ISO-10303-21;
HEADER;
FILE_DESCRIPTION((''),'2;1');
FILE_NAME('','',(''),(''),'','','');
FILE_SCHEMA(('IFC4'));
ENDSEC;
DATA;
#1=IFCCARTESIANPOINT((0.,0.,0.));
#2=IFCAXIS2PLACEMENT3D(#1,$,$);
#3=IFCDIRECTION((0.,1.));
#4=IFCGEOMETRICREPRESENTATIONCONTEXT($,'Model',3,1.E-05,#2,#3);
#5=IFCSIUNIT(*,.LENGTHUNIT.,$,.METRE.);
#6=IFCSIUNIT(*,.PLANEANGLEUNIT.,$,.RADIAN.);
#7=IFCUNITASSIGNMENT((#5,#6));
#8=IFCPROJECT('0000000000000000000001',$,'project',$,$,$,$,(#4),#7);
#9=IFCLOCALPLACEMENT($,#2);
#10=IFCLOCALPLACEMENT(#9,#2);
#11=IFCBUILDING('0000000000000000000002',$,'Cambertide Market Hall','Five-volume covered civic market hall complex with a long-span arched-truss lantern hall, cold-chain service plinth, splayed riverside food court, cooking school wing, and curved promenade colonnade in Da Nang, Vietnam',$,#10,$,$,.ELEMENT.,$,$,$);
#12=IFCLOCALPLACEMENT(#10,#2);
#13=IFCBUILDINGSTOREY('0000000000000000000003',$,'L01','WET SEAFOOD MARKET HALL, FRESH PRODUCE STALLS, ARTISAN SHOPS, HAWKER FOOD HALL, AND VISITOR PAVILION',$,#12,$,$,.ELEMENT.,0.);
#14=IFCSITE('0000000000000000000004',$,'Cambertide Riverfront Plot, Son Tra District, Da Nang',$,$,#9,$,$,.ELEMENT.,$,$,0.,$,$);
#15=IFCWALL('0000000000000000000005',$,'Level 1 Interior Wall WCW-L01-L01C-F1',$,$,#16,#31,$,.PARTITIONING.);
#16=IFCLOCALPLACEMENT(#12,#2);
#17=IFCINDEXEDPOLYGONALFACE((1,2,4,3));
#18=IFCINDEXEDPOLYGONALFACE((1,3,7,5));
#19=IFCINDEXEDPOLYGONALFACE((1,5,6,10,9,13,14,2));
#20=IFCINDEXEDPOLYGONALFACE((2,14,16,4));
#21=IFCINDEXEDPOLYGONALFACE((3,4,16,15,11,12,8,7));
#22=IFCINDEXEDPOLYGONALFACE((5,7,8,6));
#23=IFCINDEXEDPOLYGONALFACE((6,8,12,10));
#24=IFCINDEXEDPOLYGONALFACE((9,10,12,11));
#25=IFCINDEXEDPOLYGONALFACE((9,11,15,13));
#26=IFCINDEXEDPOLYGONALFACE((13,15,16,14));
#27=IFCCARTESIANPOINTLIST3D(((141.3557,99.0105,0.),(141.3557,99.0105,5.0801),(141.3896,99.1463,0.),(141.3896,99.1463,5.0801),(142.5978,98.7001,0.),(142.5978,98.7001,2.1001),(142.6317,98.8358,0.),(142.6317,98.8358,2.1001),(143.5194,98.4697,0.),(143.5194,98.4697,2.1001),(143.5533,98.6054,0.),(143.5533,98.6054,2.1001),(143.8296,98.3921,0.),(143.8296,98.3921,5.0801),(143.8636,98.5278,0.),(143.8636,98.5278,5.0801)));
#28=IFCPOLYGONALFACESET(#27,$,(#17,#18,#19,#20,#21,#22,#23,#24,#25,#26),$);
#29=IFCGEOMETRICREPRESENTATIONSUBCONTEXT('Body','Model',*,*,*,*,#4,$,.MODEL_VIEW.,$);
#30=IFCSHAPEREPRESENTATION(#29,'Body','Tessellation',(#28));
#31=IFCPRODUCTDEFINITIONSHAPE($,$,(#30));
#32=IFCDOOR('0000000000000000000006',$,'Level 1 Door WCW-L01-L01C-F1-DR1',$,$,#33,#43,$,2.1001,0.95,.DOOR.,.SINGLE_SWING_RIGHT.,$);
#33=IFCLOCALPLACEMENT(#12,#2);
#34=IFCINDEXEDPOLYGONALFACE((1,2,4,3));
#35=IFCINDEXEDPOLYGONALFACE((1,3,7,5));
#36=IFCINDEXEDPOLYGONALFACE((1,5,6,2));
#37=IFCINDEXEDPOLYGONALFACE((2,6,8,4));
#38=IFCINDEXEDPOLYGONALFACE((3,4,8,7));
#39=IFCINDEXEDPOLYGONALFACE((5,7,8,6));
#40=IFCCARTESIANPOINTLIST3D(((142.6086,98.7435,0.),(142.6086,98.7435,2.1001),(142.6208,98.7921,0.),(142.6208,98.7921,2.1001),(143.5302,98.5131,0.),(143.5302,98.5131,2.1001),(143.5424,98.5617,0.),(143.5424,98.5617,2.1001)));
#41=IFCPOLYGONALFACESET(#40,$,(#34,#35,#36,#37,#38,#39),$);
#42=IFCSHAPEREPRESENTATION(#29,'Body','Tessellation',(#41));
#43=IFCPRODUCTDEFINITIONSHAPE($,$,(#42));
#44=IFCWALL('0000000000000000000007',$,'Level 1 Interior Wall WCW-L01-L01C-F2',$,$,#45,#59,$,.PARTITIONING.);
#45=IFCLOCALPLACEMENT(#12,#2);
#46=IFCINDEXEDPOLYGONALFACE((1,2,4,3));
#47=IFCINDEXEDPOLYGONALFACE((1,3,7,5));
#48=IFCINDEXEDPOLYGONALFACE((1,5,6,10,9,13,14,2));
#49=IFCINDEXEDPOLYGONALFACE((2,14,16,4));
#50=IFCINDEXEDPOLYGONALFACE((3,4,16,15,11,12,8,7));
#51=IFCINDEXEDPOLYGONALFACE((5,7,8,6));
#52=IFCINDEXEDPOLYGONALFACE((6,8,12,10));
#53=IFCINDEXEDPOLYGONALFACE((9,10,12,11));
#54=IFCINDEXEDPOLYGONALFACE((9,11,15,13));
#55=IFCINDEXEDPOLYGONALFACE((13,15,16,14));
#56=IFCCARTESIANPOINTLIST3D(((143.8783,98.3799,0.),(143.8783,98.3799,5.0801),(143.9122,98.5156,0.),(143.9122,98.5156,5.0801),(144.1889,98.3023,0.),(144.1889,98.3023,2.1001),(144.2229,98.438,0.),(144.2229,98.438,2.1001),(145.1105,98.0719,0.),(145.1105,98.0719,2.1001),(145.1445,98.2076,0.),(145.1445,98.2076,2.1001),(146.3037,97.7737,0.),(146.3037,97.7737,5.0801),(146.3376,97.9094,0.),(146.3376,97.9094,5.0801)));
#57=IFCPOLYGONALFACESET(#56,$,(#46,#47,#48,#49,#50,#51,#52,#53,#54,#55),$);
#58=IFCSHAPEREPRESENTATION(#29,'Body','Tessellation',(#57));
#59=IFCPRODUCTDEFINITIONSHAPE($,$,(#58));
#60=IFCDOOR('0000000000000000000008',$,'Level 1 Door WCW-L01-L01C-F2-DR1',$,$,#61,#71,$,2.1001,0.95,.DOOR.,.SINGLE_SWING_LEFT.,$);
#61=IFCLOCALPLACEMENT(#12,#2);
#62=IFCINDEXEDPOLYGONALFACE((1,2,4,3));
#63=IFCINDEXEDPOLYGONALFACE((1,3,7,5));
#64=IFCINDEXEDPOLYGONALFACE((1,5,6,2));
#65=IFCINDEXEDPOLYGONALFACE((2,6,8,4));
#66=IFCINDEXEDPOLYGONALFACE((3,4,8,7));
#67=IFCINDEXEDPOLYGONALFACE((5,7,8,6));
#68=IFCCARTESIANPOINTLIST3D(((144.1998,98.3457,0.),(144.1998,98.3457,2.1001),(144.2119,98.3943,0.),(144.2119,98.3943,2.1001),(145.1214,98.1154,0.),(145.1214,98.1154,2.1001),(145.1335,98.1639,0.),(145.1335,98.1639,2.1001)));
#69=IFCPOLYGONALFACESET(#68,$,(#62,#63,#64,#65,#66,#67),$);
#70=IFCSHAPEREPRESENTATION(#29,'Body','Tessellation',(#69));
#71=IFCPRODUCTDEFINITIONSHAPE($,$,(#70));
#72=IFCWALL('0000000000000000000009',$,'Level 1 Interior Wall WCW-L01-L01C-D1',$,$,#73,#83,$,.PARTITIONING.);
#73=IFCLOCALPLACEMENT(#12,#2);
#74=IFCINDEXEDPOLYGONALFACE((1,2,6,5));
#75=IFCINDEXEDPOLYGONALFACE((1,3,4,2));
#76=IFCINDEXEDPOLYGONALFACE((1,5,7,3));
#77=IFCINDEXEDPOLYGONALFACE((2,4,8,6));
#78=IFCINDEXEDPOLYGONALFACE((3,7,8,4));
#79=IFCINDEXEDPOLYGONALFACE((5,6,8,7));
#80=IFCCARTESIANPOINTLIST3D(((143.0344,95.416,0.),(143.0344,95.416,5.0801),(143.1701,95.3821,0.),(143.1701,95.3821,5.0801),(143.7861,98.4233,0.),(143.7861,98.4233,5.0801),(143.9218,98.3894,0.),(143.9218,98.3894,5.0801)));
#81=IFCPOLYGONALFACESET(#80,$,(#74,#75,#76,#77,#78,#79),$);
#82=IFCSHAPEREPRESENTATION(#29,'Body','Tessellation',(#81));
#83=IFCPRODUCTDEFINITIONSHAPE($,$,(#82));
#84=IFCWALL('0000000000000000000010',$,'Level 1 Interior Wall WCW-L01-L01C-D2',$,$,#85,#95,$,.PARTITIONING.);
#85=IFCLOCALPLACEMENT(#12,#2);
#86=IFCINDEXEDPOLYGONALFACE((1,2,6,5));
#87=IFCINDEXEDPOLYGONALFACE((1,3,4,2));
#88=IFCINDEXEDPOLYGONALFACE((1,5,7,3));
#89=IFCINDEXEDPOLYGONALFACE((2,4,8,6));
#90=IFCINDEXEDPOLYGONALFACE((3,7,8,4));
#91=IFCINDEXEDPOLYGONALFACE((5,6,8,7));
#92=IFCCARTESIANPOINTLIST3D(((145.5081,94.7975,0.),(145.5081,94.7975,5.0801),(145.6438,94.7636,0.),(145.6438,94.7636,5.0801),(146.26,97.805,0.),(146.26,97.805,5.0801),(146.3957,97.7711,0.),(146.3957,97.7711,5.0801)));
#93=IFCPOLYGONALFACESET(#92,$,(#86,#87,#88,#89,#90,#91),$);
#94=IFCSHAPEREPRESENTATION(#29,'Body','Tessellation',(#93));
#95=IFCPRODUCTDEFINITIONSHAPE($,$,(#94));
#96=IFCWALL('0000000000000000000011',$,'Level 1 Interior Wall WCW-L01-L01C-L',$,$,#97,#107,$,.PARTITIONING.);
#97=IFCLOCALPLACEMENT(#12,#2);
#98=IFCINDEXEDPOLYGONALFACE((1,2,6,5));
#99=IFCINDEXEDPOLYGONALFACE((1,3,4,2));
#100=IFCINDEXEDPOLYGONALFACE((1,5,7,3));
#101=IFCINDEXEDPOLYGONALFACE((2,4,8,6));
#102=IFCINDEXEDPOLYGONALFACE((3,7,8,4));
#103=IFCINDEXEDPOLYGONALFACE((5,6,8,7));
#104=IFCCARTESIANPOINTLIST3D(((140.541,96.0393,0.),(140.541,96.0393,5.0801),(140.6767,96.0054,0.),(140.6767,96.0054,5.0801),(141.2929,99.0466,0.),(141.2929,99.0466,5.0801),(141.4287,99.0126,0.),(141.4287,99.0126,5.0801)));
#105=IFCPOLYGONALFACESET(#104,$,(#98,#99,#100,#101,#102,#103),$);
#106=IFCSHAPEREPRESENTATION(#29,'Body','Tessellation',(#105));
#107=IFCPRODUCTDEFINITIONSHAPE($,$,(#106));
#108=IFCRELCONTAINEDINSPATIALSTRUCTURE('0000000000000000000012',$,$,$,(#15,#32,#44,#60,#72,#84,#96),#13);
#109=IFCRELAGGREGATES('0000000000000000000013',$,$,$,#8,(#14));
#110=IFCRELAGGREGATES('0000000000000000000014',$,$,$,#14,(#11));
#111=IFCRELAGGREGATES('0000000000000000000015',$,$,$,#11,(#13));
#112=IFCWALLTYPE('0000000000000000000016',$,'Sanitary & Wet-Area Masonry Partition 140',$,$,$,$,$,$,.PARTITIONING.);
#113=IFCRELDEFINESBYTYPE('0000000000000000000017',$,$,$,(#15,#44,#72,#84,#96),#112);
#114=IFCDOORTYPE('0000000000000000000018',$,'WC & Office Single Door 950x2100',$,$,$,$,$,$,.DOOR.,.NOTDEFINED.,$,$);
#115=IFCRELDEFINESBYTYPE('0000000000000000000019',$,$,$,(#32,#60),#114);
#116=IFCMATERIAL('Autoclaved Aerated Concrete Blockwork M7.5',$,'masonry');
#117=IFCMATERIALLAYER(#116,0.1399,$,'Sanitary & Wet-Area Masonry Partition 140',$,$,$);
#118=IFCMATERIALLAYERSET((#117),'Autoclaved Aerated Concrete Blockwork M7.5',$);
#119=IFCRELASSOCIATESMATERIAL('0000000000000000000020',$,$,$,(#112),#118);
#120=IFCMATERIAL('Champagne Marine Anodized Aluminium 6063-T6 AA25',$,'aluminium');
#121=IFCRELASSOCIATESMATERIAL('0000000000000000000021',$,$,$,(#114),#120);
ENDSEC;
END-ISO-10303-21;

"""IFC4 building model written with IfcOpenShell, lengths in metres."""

from ifc_helpers import new_model, si_unit, direction, frame, frame_2d, origin, place, context, subcontext, project, spatial, rectangle, extrude, material, layer, layer_set, type_object, element, fill, save


model = new_model("IFC4")

# Units and contexts
model_context = context("Model", 3, precision=1e-05, world=origin(), true_north=direction((0.0, 1.0)))
body_context = subcontext(model_context, "Body", "Model", "MODEL_VIEW")
ifc_project = project(units=[si_unit("LENGTHUNIT", "METRE"), si_unit("PLANEANGLEUNIT", "RADIAN")], contexts=[model_context])

# Site, building, storey
site_placement = place(None, origin())
site = spatial("IfcSite", under=ifc_project, at=site_placement, Name="Cambertide Riverfront Plot, Son Tra District, Da Nang", CompositionType="ELEMENT", RefElevation=0.0)
building_placement = place(site_placement, origin())
building = spatial("IfcBuilding", under=site, at=building_placement, Name="Cambertide Market Hall", Description="Five-volume covered civic market hall complex with a long-span arched-truss lantern hall, cold-chain service plinth, splayed riverside food court, cooking school wing, and curved promenade colonnade in Da Nang, Vietnam", CompositionType="ELEMENT")
storey_placement = place(building_placement, origin())
storey = spatial("IfcBuildingStorey", under=building, at=storey_placement, Name="L01", Description="WET SEAFOOD MARKET HALL, FRESH PRODUCE STALLS, ARTISAN SHOPS, HAWKER FOOD HALL, AND VISITOR PAVILION", CompositionType="ELEMENT", Elevation=0.0)

# Walls, openings, doors
ifc_material_1 = material(Name="Autoclaved Aerated Concrete Blockwork M7.5", Category="masonry")
ifc_layer_1 = layer(ifc_material_1, 0.1399, Name="Sanitary & Wet-Area Masonry Partition 140")
ifc_layer_set_1 = layer_set([ifc_layer_1], Name="Autoclaved Aerated Concrete Blockwork M7.5")
wall_type_1 = type_object("IfcWallType", Name="Sanitary & Wet-Area Masonry Partition 140", PredefinedType="PARTITIONING", material=ifc_layer_set_1)
wall_1_placement = place(storey_placement, frame((141.3728, 99.0784, 0.0), z_axis=(0.0, 0.0, 1.0), x_axis=(0.970148, -0.242513, 0.0)))
wall_1 = element("IfcWall", 1, at=wall_1_placement, inside=storey, type_object=wall_type_1, Name="Level 1 Interior Wall WCW-L01-L01C-F1", PredefinedType="PARTITIONING", context=body_context, shape_type="SweptSolid", body=[
    extrude(rectangle(XDim=2.55, YDim=0.1399, at=frame_2d((1.2749, 0.0))), origin(), (0.0, 0.0, 1.0), 5.0801),
])
opening_1_placement = place(wall_1_placement, frame((1.28, 0.0, 0.0)))
opening_1 = element("IfcOpeningElement", 2, at=opening_1_placement, cuts=wall_1, PredefinedType="OPENING", context=body_context, shape_type="SweptSolid", body=[
    extrude(rectangle(XDim=0.95, YDim=2.1001, at=frame_2d((0.4751, 1.05))), frame((0.0, 0.0798, 0.0), z_axis=(0.0, -1.0, 0.0), x_axis=(1.0, 0.0, 0.0)), (0.0, 0.0, 1.0), 0.1599),
])
ifc_material_2 = material(Name="Champagne Marine Anodized Aluminium 6063-T6 AA25", Category="aluminium")
door_type_1 = type_object("IfcDoorType", Name="WC & Office Single Door 950x2100", OperationType="NOTDEFINED", PredefinedType="DOOR", material=ifc_material_2)
door_1_placement = place(opening_1_placement, origin())
door_1 = element("IfcDoor", 3, at=door_1_placement, inside=storey, type_object=door_type_1, Name="Level 1 Door WCW-L01-L01C-F1-DR1", OperationType="SINGLE_SWING_RIGHT", OverallHeight=2.1001, OverallWidth=0.95, PredefinedType="DOOR", context=body_context, shape_type="SweptSolid", body=[
    extrude(rectangle(XDim=0.95, YDim=2.1001, at=frame_2d((0.4751, 1.05))), frame((0.0, 0.0249, 0.0), z_axis=(0.0, -1.0, 0.0), x_axis=(1.0, 0.0, 0.0)), (0.0, 0.0, 1.0), 0.05),
])
fill(opening_1, door_1)
wall_2_placement = place(storey_placement, frame((143.8953, 98.4478, 0.0), z_axis=(0.0, 0.0, 1.0), x_axis=(0.970154, -0.24249, 0.0)))
wall_2 = element("IfcWall", 4, at=wall_2_placement, inside=storey, type_object=wall_type_1, Name="Level 1 Interior Wall WCW-L01-L01C-F2", PredefinedType="PARTITIONING", context=body_context, shape_type="SweptSolid", body=[
    extrude(rectangle(XDim=2.5, YDim=0.1399, at=frame_2d((1.25, 0.0))), origin(), (0.0, 0.0, 1.0), 5.0801),
])
opening_2_placement = place(wall_2_placement, frame((0.3201, 0.0, 0.0)))
opening_2 = element("IfcOpeningElement", 5, at=opening_2_placement, cuts=wall_2, PredefinedType="OPENING", context=body_context, shape_type="SweptSolid", body=[
    extrude(rectangle(XDim=0.95, YDim=2.1001, at=frame_2d((0.4751, 1.05))), frame((0.0, 0.0798, 0.0), z_axis=(0.0, -1.0, 0.0), x_axis=(1.0, 0.0, 0.0)), (0.0, 0.0, 1.0), 0.1599),
])
door_2_placement = place(opening_2_placement, origin())
door_2 = element("IfcDoor", 6, at=door_2_placement, inside=storey, type_object=door_type_1, Name="Level 1 Door WCW-L01-L01C-F2-DR1", OperationType="SINGLE_SWING_LEFT", OverallHeight=2.1001, OverallWidth=0.95, PredefinedType="DOOR", context=body_context, shape_type="SweptSolid", body=[
    extrude(rectangle(XDim=0.95, YDim=2.1001, at=frame_2d((0.4751, 1.05))), frame((0.0, 0.0249, 0.0), z_axis=(0.0, -1.0, 0.0), x_axis=(1.0, 0.0, 0.0)), (0.0, 0.0, 1.0), 0.05),
])
fill(opening_2, door_2)

# Walls
wall_3_placement = place(storey_placement, frame((143.1023, 95.3992, 0.0), z_axis=(0.0, 0.0, 1.0), x_axis=(0.242499, 0.970152, 0.0)))
element("IfcWall", 7, at=wall_3_placement, inside=storey, type_object=wall_type_1, Name="Level 1 Interior Wall WCW-L01-L01C-D1", PredefinedType="PARTITIONING", context=body_context, shape_type="SweptSolid", body=[
    extrude(rectangle(XDim=3.0999, YDim=0.1399, at=frame_2d((1.5498, 0.0))), origin(), (0.0, 0.0, 1.0), 5.0801),
])
wall_4_placement = place(storey_placement, frame((145.5759, 94.7805, 0.0), z_axis=(0.0, 0.0, 1.0), x_axis=(0.242554, 0.970138, 0.0)))
element("IfcWall", 8, at=wall_4_placement, inside=storey, type_object=wall_type_1, Name="Level 1 Interior Wall WCW-L01-L01C-D2", PredefinedType="PARTITIONING", context=body_context, shape_type="SweptSolid", body=[
    extrude(rectangle(XDim=3.1001, YDim=0.1399, at=frame_2d((1.55, 0.0))), origin(), (0.0, 0.0, 1.0), 5.0801),
])
wall_5_placement = place(storey_placement, frame((140.6089, 96.0225, 0.0), z_axis=(0.0, 0.0, 1.0), x_axis=(0.242573, 0.970133, 0.0)))
element("IfcWall", 9, at=wall_5_placement, inside=storey, type_object=wall_type_1, Name="Level 1 Interior Wall WCW-L01-L01C-L", PredefinedType="PARTITIONING", context=body_context, shape_type="SweptSolid", body=[
    extrude(rectangle(XDim=3.0999, YDim=0.1399, at=frame_2d((1.5498, 0.0))), origin(), (0.0, 0.0, 1.0), 5.0801),
])

save(model, "model.ifc")
